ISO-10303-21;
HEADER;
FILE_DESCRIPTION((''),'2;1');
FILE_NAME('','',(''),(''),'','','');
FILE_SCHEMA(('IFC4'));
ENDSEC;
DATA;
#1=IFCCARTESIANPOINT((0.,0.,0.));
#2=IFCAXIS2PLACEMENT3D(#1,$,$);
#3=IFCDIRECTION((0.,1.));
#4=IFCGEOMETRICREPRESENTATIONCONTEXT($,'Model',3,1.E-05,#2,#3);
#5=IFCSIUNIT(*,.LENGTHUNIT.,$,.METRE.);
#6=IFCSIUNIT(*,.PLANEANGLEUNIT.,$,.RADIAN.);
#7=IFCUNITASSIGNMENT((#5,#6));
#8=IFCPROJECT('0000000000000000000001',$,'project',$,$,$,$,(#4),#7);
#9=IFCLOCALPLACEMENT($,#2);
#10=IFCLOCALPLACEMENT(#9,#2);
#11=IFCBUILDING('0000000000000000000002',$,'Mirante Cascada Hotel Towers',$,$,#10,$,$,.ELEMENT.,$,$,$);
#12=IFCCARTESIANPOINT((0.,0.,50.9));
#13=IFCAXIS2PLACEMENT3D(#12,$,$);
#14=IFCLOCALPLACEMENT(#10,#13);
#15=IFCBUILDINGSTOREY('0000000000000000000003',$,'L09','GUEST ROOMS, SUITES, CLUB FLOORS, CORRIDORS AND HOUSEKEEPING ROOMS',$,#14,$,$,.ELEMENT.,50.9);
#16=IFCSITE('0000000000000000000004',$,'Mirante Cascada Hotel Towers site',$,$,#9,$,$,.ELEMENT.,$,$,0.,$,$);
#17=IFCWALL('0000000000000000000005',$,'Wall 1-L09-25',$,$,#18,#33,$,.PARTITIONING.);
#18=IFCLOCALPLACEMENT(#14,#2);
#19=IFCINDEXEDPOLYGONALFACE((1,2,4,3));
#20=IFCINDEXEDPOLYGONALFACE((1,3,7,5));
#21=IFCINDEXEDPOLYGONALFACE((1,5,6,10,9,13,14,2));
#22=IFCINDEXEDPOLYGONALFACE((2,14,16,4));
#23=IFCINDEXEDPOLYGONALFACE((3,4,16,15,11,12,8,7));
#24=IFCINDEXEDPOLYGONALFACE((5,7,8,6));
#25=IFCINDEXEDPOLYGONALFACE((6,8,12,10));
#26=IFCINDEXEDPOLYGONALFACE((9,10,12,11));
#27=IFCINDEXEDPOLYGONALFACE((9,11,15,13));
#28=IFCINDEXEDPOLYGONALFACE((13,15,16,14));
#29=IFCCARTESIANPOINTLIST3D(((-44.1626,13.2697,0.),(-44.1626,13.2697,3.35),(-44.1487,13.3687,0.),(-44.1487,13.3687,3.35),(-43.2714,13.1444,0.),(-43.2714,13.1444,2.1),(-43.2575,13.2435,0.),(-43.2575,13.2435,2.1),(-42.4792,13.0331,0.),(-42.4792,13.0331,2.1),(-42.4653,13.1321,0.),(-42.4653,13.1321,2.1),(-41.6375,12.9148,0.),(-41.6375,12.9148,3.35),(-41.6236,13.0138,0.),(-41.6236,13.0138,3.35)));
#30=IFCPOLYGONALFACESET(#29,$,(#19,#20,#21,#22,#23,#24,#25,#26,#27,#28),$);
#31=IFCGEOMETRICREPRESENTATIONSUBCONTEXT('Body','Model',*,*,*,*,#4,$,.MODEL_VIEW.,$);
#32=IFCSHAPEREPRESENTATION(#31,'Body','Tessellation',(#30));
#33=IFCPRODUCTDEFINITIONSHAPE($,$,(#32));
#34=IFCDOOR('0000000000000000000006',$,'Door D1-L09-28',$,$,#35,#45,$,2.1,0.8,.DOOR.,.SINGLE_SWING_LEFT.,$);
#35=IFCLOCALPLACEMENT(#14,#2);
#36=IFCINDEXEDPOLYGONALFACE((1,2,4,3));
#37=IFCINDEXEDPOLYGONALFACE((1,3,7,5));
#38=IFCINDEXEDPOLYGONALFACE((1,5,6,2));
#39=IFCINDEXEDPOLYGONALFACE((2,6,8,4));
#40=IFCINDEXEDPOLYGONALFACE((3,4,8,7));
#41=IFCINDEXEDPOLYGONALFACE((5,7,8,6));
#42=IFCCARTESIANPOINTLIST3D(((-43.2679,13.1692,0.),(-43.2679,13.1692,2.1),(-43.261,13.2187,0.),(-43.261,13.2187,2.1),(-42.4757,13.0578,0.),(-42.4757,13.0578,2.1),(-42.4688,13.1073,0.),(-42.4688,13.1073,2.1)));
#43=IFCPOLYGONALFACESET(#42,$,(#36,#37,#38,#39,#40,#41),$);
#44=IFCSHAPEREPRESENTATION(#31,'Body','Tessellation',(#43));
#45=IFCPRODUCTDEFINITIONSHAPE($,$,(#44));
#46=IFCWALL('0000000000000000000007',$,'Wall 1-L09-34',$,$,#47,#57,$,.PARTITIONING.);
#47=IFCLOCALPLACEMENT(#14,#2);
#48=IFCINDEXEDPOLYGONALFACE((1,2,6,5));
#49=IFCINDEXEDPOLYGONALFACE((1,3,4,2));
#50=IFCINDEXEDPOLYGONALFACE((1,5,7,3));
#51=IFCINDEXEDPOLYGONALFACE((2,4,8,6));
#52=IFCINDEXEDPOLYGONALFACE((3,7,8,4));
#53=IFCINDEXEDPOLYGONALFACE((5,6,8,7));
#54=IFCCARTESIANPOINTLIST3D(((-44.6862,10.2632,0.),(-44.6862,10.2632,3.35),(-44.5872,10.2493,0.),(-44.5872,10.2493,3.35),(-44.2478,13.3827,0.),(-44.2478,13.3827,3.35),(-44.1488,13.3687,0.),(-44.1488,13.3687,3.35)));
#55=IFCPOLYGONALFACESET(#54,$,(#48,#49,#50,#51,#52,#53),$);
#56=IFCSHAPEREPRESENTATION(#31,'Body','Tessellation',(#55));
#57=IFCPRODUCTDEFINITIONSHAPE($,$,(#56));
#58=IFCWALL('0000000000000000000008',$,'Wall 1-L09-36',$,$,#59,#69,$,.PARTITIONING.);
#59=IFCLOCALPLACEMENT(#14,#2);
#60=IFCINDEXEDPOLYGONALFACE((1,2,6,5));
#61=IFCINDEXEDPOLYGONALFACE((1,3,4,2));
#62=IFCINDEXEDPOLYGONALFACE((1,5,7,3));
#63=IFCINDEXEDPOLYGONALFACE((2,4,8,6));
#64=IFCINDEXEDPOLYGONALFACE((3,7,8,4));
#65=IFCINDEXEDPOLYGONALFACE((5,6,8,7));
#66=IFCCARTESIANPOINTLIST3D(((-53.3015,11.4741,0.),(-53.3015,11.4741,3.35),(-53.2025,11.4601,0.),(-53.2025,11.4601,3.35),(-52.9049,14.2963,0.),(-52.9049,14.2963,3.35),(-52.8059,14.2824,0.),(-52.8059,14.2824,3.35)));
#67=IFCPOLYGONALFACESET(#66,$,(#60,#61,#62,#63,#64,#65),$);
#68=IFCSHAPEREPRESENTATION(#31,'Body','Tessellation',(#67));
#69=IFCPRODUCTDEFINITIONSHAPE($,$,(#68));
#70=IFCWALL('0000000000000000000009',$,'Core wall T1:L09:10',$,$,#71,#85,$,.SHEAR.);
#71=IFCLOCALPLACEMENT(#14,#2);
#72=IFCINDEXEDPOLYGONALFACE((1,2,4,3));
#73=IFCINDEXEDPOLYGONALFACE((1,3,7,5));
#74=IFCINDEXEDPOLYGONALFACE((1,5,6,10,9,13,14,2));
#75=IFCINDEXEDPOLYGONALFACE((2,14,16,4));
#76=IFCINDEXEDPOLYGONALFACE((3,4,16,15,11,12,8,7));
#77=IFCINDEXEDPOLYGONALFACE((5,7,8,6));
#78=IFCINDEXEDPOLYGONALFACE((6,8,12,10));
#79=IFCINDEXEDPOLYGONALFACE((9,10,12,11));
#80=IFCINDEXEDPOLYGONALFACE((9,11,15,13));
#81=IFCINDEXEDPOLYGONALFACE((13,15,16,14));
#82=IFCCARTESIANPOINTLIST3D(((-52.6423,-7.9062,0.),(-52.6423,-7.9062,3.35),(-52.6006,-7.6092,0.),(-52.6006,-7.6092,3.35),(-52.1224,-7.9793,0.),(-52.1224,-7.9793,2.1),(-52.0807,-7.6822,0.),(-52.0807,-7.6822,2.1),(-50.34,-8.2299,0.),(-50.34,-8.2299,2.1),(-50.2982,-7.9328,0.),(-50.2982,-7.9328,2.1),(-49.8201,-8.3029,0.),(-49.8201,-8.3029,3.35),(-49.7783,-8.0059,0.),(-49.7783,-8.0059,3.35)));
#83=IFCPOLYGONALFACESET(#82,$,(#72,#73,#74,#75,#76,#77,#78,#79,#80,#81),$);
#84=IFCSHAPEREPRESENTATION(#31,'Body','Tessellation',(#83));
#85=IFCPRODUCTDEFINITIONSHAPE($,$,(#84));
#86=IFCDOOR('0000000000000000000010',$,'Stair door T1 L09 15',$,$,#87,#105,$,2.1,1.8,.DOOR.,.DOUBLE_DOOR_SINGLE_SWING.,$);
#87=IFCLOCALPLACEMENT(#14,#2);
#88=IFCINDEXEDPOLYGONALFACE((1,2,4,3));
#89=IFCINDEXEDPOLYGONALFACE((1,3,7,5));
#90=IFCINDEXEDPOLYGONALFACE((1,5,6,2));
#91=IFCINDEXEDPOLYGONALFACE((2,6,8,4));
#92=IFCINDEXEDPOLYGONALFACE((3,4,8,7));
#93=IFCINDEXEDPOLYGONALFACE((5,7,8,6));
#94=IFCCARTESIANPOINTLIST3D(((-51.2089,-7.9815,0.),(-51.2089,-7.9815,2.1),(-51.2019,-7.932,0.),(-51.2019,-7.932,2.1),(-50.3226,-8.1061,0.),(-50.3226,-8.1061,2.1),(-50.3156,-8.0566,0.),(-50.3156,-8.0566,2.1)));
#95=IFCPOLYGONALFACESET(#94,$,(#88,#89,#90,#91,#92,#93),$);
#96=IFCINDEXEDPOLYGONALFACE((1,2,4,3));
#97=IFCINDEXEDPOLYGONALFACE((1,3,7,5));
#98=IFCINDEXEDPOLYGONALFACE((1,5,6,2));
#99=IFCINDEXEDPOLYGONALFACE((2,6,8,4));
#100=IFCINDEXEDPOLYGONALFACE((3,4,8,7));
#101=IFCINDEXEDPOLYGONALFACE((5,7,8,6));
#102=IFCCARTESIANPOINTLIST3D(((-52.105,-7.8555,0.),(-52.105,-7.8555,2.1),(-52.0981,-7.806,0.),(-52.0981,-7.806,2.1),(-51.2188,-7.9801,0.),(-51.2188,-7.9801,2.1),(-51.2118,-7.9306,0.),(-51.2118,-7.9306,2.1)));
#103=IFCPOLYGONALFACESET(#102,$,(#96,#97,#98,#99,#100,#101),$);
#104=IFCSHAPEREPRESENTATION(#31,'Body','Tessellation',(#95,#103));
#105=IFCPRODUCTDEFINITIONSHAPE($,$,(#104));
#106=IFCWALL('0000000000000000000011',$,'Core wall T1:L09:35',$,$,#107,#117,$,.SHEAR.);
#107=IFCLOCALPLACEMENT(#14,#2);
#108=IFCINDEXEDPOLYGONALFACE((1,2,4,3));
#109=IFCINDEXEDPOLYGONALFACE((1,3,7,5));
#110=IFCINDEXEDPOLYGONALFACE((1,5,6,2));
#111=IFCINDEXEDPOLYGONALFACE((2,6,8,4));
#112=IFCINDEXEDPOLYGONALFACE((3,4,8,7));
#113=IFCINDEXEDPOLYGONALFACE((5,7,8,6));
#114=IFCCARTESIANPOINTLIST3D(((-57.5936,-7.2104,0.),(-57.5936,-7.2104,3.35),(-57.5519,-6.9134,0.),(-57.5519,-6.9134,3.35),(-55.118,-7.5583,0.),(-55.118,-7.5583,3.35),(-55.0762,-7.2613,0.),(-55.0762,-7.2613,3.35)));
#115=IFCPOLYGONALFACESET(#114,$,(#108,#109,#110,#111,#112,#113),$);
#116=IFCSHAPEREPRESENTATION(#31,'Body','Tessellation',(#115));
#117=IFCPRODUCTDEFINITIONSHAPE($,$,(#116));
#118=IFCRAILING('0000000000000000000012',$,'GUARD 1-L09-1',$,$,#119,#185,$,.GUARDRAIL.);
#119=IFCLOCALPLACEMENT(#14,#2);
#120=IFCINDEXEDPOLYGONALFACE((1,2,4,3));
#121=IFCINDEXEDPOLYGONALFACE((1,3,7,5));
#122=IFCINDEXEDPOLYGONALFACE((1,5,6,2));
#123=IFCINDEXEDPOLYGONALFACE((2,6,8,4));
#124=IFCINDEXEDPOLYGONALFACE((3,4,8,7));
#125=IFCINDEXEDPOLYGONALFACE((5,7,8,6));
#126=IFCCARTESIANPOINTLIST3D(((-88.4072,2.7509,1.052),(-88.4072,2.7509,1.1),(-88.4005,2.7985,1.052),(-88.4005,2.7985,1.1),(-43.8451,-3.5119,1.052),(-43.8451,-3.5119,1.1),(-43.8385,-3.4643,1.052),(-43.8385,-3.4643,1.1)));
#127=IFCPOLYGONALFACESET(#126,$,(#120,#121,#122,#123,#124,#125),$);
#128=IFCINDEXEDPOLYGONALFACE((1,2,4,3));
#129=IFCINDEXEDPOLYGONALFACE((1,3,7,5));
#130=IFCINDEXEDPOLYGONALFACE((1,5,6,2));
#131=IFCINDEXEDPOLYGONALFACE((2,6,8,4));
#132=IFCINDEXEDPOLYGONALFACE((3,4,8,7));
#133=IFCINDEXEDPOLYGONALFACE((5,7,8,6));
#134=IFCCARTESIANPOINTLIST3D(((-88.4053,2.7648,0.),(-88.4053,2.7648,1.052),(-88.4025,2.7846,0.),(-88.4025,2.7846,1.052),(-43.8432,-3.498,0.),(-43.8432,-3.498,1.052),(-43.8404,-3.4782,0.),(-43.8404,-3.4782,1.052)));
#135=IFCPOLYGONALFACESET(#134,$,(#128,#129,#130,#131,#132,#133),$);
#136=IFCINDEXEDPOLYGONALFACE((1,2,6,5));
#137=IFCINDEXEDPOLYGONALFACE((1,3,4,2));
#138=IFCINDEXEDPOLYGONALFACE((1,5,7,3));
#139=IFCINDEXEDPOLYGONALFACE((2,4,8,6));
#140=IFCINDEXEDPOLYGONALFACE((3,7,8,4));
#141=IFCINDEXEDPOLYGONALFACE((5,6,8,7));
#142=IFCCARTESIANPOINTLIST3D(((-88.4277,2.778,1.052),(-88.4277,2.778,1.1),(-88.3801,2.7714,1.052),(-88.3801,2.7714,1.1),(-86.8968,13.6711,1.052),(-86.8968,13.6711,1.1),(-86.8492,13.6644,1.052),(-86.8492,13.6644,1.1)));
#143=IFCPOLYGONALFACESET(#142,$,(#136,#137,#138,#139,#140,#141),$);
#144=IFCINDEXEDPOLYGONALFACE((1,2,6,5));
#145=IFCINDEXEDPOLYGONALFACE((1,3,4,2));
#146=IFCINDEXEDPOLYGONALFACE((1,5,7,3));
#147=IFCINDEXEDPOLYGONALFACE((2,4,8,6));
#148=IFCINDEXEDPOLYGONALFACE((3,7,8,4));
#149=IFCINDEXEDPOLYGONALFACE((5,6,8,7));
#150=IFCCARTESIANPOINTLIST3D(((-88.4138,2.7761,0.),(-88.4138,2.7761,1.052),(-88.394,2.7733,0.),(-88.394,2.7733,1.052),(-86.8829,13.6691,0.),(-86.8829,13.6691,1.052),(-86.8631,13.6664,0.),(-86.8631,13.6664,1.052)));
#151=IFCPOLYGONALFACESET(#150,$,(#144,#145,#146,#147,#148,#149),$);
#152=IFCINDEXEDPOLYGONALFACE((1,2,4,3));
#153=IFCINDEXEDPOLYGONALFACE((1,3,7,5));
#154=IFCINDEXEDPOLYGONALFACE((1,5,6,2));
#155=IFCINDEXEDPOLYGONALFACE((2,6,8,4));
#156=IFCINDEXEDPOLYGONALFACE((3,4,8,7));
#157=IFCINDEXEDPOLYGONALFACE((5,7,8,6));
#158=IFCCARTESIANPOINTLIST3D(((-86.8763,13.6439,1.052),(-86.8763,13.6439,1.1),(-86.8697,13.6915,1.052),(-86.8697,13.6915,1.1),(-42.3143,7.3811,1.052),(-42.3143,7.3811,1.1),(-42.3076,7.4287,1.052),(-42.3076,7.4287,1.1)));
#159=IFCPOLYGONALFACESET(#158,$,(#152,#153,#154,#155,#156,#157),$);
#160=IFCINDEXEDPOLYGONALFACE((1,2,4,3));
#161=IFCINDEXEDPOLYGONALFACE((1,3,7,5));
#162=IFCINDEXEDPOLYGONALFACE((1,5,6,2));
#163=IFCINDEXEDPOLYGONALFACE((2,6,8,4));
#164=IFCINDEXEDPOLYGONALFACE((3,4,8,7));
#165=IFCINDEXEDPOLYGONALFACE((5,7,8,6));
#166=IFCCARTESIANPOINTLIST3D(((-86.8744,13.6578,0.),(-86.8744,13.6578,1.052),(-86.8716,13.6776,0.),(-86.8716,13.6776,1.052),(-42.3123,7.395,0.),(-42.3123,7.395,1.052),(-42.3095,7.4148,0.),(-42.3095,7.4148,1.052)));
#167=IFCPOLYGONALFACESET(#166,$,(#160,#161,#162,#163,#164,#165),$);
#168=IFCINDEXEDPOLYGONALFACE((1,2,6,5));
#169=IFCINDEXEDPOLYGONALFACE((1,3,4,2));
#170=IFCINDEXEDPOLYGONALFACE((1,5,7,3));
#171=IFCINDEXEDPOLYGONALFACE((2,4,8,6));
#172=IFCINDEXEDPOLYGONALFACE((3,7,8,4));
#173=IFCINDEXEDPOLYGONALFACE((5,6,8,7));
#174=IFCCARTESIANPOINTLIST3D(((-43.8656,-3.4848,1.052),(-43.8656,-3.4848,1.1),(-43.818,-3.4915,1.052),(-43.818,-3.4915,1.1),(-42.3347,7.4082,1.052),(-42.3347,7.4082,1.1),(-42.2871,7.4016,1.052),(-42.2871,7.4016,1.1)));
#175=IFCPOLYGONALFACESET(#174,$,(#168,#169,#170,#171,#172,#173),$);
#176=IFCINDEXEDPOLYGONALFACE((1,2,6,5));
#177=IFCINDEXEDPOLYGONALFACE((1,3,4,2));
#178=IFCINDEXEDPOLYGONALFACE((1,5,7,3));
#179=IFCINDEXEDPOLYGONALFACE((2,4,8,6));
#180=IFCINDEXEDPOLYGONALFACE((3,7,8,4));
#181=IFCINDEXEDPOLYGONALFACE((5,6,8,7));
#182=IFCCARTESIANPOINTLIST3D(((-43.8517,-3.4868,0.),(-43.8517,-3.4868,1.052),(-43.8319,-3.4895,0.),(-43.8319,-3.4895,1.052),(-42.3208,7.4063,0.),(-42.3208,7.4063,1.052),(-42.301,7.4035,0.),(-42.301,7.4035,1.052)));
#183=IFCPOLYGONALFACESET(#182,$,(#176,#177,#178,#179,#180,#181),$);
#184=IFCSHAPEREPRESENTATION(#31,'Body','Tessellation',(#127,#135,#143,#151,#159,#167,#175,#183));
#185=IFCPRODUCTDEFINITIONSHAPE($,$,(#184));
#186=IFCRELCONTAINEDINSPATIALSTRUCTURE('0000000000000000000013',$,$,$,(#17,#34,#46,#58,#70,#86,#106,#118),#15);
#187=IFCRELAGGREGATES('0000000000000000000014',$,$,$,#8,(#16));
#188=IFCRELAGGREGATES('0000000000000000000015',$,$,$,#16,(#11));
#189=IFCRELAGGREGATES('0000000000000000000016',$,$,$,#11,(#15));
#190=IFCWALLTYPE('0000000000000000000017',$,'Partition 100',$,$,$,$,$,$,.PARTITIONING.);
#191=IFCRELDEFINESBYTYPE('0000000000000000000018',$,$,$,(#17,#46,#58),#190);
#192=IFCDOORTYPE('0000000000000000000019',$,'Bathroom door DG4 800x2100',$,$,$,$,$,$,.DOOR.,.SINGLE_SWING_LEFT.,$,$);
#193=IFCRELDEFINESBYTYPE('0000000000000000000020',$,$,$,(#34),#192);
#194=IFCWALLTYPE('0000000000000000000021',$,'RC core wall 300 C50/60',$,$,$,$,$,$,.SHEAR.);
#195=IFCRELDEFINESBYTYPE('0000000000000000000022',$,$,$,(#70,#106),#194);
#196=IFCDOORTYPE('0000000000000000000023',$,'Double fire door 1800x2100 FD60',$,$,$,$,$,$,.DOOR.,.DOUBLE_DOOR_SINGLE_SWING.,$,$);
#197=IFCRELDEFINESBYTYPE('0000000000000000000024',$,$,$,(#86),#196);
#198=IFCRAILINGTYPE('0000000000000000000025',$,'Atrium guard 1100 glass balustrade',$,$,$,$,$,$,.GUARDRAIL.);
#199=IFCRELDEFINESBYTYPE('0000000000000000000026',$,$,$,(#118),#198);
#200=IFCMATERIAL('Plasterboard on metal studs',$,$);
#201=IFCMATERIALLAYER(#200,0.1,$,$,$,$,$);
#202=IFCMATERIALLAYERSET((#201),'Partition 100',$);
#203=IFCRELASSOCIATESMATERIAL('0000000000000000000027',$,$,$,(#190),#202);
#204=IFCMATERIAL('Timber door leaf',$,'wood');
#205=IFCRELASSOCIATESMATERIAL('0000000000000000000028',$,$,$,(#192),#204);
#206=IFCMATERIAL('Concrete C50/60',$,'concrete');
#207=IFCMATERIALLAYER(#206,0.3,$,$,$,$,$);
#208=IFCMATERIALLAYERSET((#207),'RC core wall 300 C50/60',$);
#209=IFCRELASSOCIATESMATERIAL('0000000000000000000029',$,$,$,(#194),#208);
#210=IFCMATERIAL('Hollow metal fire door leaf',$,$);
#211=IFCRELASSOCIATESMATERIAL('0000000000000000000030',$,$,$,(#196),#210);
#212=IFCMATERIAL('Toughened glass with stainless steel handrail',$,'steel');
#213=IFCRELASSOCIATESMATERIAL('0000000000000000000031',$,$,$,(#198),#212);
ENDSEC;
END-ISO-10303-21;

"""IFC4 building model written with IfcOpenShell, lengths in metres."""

from ifc_helpers import new_model, si_unit, direction, frame, frame_2d, origin, origin_2d, place, context, subcontext, project, spatial, rectangle, extrude, material, layer, layer_set, type_object, element, fill, save


model = new_model("IFC4")

# Units and contexts
model_context = context("Model", 3, precision=1e-05, world=origin(), true_north=direction((0.0, 1.0)))
body_context = subcontext(model_context, "Body", "Model", "MODEL_VIEW")
ifc_project = project(units=[si_unit("LENGTHUNIT", "METRE"), si_unit("PLANEANGLEUNIT", "RADIAN")], contexts=[model_context])

# Site, building, storey
site_placement = place(None, origin())
site = spatial("IfcSite", under=ifc_project, at=site_placement, Name="Mirante Cascada Hotel Towers site", CompositionType="ELEMENT", RefElevation=0.0)
building_placement = place(site_placement, origin())
building = spatial("IfcBuilding", under=site, at=building_placement, Name="Mirante Cascada Hotel Towers", CompositionType="ELEMENT")
storey_placement = place(building_placement, frame((0.0, 0.0, 50.9)))
storey = spatial("IfcBuildingStorey", under=building, at=storey_placement, Name="L09", Description="GUEST ROOMS, SUITES, CLUB FLOORS, CORRIDORS AND HOUSEKEEPING ROOMS", CompositionType="ELEMENT", Elevation=50.9)

# Shared definitions
ifc_material_1 = material(Name="Plasterboard on metal studs")
ifc_layer_1 = layer(ifc_material_1, 0.1)
ifc_layer_set_1 = layer_set([ifc_layer_1], Name="Partition 100")
wall_type_1 = type_object("IfcWallType", Name="Partition 100", PredefinedType="PARTITIONING", material=ifc_layer_set_1)

# Wall, opening, door
wall_1_placement = place(storey_placement, frame((-44.1557, 13.3192, 0.0), z_axis=(0.0, 0.0, 1.0), x_axis=(0.990267, -0.139181, 0.0)))
wall_1 = element("IfcWall", 1, at=wall_1_placement, inside=storey, type_object=wall_type_1, Name="Wall 1-L09-25", PredefinedType="PARTITIONING", context=body_context, shape_type="SweptSolid", body=[
    extrude(rectangle(XDim=2.5499, YDim=0.1, at=frame_2d((1.275, 0.0))), origin(), (0.0, 0.0, 1.0), 3.35),
])
opening_1_placement = place(wall_1_placement, frame((0.9, 0.0, 0.0)))
opening_1 = element("IfcOpeningElement", 2, at=opening_1_placement, cuts=wall_1, PredefinedType="OPENING", context=body_context, shape_type="SweptSolid", body=[
    extrude(rectangle(XDim=0.8, YDim=2.1, at=frame_2d((0.4, 1.05))), frame((0.0, 0.05, 0.0), z_axis=(0.0, -1.0, 0.0), x_axis=(1.0, 0.0, 0.0)), (0.0, 0.0, 1.0), 0.1),
])
ifc_material_2 = material(Name="Timber door leaf", Category="wood")
door_type_1 = type_object("IfcDoorType", Name="Bathroom door DG4 800x2100", OperationType="SINGLE_SWING_LEFT", PredefinedType="DOOR", material=ifc_material_2)
door_1_placement = place(opening_1_placement, origin())
door_1 = element("IfcDoor", 3, at=door_1_placement, inside=storey, type_object=door_type_1, Name="Door D1-L09-28", OperationType="SINGLE_SWING_LEFT", OverallHeight=2.1, OverallWidth=0.8, PredefinedType="DOOR", context=body_context, shape_type="SweptSolid", body=[
    extrude(rectangle(XDim=0.8, YDim=2.1, at=frame_2d((0.4, 1.05))), frame((0.0, 0.025, 0.0), z_axis=(0.0, -1.0, 0.0), x_axis=(1.0, 0.0, 0.0)), (0.0, 0.0, 1.0), 0.05),
])
fill(opening_1, door_1)

# Walls
wall_2_placement = place(storey_placement, frame((-44.6367, 10.2563, 0.0), z_axis=(0.0, 0.0, 1.0), x_axis=(0.139172, 0.990268, 0.0)))
element("IfcWall", 4, at=wall_2_placement, inside=storey, type_object=wall_type_1, Name="Wall 1-L09-34", PredefinedType="PARTITIONING", context=body_context, shape_type="SweptSolid", body=[
    extrude(rectangle(XDim=3.1501, YDim=0.1, at=frame_2d((1.575, 0.0))), origin(), (0.0, 0.0, 1.0), 3.35),
])
wall_3_placement = place(storey_placement, frame((-53.252, 11.4671, 0.0), z_axis=(0.0, 0.0, 1.0), x_axis=(0.139156, 0.99027, 0.0)))
element("IfcWall", 5, at=wall_3_placement, inside=storey, type_object=wall_type_1, Name="Wall 1-L09-36", PredefinedType="PARTITIONING", context=body_context, shape_type="SweptSolid", body=[
    extrude(rectangle(XDim=2.85, YDim=0.1, at=frame_2d((1.425, 0.0))), origin(), (0.0, 0.0, 1.0), 3.35),
])

# Wall, opening, door
ifc_material_3 = material(Name="Concrete C50/60", Category="concrete")
ifc_layer_2 = layer(ifc_material_3, 0.3)
ifc_layer_set_2 = layer_set([ifc_layer_2], Name="RC core wall 300 C50/60")
wall_type_2 = type_object("IfcWallType", Name="RC core wall 300 C50/60", PredefinedType="SHEAR", material=ifc_layer_set_2)
wall_4_placement = place(storey_placement, frame((-49.7992, -8.1544, 0.0), z_axis=(0.0, 0.0, 1.0), x_axis=(-0.990266, 0.139191, 0.0)))
wall_4 = element("IfcWall", 6, at=wall_4_placement, inside=storey, type_object=wall_type_2, Name="Core wall T1:L09:10", PredefinedType="SHEAR", context=body_context, shape_type="SweptSolid", body=[
    extrude(rectangle(XDim=2.85, YDim=0.3, at=frame_2d((1.425, 0.0))), origin(), (0.0, 0.0, 1.0), 3.35),
])
opening_2_placement = place(wall_4_placement, frame((0.525, 0.0, 0.0)))
opening_2 = element("IfcOpeningElement", 7, at=opening_2_placement, cuts=wall_4, PredefinedType="OPENING", context=body_context, shape_type="SweptSolid", body=[
    extrude(rectangle(XDim=1.8, YDim=2.1, at=frame_2d((0.9, 1.05))), frame((0.0, 0.15, 0.0), z_axis=(0.0, -1.0, 0.0), x_axis=(1.0, 0.0, 0.0)), (0.0, 0.0, 1.0), 0.3),
])
ifc_material_4 = material(Name="Hollow metal fire door leaf")
door_type_2 = type_object("IfcDoorType", Name="Double fire door 1800x2100 FD60", OperationType="DOUBLE_DOOR_SINGLE_SWING", PredefinedType="DOOR", material=ifc_material_4)
door_2_placement = place(opening_2_placement, origin())
door_2 = element("IfcDoor", 8, at=door_2_placement, inside=storey, type_object=door_type_2, Name="Stair door T1 L09 15", OperationType="DOUBLE_DOOR_SINGLE_SWING", OverallHeight=2.1, OverallWidth=1.8, PredefinedType="DOOR", context=body_context, shape_type="SweptSolid", body=[
    extrude(rectangle(XDim=0.895, YDim=2.1, at=frame_2d((0.4475, 1.05))), frame((0.0, 0.025, 0.0), z_axis=(0.0, -1.0, 0.0), x_axis=(1.0, 0.0, 0.0)), (0.0, 0.0, 1.0), 0.05),
    extrude(rectangle(XDim=0.895, YDim=2.1, at=frame_2d((1.3525, 1.05))), frame((0.0, 0.025, 0.0), z_axis=(0.0, -1.0, 0.0), x_axis=(1.0, 0.0, 0.0)), (0.0, 0.0, 1.0), 0.05),
])
fill(opening_2, door_2)

# Wall
wall_5_placement = place(storey_placement, frame((-55.0971, -7.4098, 0.0), z_axis=(0.0, 0.0, 1.0), x_axis=(-0.99027, 0.139159, 0.0)))
element("IfcWall", 9, at=wall_5_placement, inside=storey, type_object=wall_type_2, Name="Core wall T1:L09:35", PredefinedType="SHEAR", context=body_context, shape_type="SweptSolid", body=[
    extrude(rectangle(XDim=2.5, YDim=0.3, at=frame_2d((1.25, 0.0))), origin(), (0.0, 0.0, 1.0), 3.35),
])

# Railing
ifc_material_5 = material(Name="Toughened glass with stainless steel handrail", Category="steel")
railing_type = type_object("IfcRailingType", Name="Atrium guard 1100 glass balustrade", PredefinedType="GUARDRAIL", material=ifc_material_5)
railing_placement = place(storey_placement, frame((-43.8418, -3.4881, 0.0)))
element("IfcRailing", 10, at=railing_placement, inside=storey, type_object=railing_type, Name="GUARD 1-L09-1", PredefinedType="GUARDRAIL", context=body_context, shape_type="SweptSolid", body=[
    extrude(rectangle(XDim=0.048, YDim=0.048, at=origin_2d()), frame((0.0, 0.0, 1.076), z_axis=(-0.990268, 0.139173, 0.0), x_axis=(-0.139173, -0.990268, 0.0)), (0.0, 0.0, 1.0), 45.0),
    extrude(rectangle(XDim=0.02, YDim=1.052, at=origin_2d()), frame((0.0, 0.0, 0.526), z_axis=(-0.990268, 0.139173, 0.0), x_axis=(-0.139173, -0.990268, 0.0)), (0.0, 0.0, 1.0), 45.0),
    extrude(rectangle(XDim=0.048, YDim=0.048, at=origin_2d()), frame((-44.5621, 6.2628, 1.076), z_axis=(0.139172, 0.990268, 0.0), x_axis=(-0.990268, 0.139172, 0.0)), (0.0, 0.0, 1.0), 11.0001),
    extrude(rectangle(XDim=0.02, YDim=1.052, at=origin_2d()), frame((-44.5621, 6.2628, 0.526), z_axis=(0.139172, 0.990268, 0.0), x_axis=(-0.990268, 0.139172, 0.0)), (0.0, 0.0, 1.0), 11.0001),
    extrude(rectangle(XDim=0.048, YDim=0.048, at=origin_2d()), frame((-43.0312, 17.1558, 1.076), z_axis=(0.990268, -0.139173, 0.0), x_axis=(0.139173, 0.990268, 0.0)), (0.0, 0.0, 1.0), 45.0),
    extrude(rectangle(XDim=0.02, YDim=1.052, at=origin_2d()), frame((-43.0312, 17.1558, 0.526), z_axis=(0.990268, -0.139173, 0.0), x_axis=(0.139173, 0.990268, 0.0)), (0.0, 0.0, 1.0), 45.0),
    extrude(rectangle(XDim=0.048, YDim=0.048, at=origin_2d()), frame((1.5309, 10.893, 1.076), z_axis=(-0.139172, -0.990268, 0.0), x_axis=(0.990268, -0.139172, 0.0)), (0.0, 0.0, 1.0), 11.0001),
    extrude(rectangle(XDim=0.02, YDim=1.052, at=origin_2d()), frame((1.5309, 10.893, 0.526), z_axis=(-0.139172, -0.990268, 0.0), x_axis=(0.990268, -0.139172, 0.0)), (0.0, 0.0, 1.0), 11.0001),
])

save(model, "model.ifc")
